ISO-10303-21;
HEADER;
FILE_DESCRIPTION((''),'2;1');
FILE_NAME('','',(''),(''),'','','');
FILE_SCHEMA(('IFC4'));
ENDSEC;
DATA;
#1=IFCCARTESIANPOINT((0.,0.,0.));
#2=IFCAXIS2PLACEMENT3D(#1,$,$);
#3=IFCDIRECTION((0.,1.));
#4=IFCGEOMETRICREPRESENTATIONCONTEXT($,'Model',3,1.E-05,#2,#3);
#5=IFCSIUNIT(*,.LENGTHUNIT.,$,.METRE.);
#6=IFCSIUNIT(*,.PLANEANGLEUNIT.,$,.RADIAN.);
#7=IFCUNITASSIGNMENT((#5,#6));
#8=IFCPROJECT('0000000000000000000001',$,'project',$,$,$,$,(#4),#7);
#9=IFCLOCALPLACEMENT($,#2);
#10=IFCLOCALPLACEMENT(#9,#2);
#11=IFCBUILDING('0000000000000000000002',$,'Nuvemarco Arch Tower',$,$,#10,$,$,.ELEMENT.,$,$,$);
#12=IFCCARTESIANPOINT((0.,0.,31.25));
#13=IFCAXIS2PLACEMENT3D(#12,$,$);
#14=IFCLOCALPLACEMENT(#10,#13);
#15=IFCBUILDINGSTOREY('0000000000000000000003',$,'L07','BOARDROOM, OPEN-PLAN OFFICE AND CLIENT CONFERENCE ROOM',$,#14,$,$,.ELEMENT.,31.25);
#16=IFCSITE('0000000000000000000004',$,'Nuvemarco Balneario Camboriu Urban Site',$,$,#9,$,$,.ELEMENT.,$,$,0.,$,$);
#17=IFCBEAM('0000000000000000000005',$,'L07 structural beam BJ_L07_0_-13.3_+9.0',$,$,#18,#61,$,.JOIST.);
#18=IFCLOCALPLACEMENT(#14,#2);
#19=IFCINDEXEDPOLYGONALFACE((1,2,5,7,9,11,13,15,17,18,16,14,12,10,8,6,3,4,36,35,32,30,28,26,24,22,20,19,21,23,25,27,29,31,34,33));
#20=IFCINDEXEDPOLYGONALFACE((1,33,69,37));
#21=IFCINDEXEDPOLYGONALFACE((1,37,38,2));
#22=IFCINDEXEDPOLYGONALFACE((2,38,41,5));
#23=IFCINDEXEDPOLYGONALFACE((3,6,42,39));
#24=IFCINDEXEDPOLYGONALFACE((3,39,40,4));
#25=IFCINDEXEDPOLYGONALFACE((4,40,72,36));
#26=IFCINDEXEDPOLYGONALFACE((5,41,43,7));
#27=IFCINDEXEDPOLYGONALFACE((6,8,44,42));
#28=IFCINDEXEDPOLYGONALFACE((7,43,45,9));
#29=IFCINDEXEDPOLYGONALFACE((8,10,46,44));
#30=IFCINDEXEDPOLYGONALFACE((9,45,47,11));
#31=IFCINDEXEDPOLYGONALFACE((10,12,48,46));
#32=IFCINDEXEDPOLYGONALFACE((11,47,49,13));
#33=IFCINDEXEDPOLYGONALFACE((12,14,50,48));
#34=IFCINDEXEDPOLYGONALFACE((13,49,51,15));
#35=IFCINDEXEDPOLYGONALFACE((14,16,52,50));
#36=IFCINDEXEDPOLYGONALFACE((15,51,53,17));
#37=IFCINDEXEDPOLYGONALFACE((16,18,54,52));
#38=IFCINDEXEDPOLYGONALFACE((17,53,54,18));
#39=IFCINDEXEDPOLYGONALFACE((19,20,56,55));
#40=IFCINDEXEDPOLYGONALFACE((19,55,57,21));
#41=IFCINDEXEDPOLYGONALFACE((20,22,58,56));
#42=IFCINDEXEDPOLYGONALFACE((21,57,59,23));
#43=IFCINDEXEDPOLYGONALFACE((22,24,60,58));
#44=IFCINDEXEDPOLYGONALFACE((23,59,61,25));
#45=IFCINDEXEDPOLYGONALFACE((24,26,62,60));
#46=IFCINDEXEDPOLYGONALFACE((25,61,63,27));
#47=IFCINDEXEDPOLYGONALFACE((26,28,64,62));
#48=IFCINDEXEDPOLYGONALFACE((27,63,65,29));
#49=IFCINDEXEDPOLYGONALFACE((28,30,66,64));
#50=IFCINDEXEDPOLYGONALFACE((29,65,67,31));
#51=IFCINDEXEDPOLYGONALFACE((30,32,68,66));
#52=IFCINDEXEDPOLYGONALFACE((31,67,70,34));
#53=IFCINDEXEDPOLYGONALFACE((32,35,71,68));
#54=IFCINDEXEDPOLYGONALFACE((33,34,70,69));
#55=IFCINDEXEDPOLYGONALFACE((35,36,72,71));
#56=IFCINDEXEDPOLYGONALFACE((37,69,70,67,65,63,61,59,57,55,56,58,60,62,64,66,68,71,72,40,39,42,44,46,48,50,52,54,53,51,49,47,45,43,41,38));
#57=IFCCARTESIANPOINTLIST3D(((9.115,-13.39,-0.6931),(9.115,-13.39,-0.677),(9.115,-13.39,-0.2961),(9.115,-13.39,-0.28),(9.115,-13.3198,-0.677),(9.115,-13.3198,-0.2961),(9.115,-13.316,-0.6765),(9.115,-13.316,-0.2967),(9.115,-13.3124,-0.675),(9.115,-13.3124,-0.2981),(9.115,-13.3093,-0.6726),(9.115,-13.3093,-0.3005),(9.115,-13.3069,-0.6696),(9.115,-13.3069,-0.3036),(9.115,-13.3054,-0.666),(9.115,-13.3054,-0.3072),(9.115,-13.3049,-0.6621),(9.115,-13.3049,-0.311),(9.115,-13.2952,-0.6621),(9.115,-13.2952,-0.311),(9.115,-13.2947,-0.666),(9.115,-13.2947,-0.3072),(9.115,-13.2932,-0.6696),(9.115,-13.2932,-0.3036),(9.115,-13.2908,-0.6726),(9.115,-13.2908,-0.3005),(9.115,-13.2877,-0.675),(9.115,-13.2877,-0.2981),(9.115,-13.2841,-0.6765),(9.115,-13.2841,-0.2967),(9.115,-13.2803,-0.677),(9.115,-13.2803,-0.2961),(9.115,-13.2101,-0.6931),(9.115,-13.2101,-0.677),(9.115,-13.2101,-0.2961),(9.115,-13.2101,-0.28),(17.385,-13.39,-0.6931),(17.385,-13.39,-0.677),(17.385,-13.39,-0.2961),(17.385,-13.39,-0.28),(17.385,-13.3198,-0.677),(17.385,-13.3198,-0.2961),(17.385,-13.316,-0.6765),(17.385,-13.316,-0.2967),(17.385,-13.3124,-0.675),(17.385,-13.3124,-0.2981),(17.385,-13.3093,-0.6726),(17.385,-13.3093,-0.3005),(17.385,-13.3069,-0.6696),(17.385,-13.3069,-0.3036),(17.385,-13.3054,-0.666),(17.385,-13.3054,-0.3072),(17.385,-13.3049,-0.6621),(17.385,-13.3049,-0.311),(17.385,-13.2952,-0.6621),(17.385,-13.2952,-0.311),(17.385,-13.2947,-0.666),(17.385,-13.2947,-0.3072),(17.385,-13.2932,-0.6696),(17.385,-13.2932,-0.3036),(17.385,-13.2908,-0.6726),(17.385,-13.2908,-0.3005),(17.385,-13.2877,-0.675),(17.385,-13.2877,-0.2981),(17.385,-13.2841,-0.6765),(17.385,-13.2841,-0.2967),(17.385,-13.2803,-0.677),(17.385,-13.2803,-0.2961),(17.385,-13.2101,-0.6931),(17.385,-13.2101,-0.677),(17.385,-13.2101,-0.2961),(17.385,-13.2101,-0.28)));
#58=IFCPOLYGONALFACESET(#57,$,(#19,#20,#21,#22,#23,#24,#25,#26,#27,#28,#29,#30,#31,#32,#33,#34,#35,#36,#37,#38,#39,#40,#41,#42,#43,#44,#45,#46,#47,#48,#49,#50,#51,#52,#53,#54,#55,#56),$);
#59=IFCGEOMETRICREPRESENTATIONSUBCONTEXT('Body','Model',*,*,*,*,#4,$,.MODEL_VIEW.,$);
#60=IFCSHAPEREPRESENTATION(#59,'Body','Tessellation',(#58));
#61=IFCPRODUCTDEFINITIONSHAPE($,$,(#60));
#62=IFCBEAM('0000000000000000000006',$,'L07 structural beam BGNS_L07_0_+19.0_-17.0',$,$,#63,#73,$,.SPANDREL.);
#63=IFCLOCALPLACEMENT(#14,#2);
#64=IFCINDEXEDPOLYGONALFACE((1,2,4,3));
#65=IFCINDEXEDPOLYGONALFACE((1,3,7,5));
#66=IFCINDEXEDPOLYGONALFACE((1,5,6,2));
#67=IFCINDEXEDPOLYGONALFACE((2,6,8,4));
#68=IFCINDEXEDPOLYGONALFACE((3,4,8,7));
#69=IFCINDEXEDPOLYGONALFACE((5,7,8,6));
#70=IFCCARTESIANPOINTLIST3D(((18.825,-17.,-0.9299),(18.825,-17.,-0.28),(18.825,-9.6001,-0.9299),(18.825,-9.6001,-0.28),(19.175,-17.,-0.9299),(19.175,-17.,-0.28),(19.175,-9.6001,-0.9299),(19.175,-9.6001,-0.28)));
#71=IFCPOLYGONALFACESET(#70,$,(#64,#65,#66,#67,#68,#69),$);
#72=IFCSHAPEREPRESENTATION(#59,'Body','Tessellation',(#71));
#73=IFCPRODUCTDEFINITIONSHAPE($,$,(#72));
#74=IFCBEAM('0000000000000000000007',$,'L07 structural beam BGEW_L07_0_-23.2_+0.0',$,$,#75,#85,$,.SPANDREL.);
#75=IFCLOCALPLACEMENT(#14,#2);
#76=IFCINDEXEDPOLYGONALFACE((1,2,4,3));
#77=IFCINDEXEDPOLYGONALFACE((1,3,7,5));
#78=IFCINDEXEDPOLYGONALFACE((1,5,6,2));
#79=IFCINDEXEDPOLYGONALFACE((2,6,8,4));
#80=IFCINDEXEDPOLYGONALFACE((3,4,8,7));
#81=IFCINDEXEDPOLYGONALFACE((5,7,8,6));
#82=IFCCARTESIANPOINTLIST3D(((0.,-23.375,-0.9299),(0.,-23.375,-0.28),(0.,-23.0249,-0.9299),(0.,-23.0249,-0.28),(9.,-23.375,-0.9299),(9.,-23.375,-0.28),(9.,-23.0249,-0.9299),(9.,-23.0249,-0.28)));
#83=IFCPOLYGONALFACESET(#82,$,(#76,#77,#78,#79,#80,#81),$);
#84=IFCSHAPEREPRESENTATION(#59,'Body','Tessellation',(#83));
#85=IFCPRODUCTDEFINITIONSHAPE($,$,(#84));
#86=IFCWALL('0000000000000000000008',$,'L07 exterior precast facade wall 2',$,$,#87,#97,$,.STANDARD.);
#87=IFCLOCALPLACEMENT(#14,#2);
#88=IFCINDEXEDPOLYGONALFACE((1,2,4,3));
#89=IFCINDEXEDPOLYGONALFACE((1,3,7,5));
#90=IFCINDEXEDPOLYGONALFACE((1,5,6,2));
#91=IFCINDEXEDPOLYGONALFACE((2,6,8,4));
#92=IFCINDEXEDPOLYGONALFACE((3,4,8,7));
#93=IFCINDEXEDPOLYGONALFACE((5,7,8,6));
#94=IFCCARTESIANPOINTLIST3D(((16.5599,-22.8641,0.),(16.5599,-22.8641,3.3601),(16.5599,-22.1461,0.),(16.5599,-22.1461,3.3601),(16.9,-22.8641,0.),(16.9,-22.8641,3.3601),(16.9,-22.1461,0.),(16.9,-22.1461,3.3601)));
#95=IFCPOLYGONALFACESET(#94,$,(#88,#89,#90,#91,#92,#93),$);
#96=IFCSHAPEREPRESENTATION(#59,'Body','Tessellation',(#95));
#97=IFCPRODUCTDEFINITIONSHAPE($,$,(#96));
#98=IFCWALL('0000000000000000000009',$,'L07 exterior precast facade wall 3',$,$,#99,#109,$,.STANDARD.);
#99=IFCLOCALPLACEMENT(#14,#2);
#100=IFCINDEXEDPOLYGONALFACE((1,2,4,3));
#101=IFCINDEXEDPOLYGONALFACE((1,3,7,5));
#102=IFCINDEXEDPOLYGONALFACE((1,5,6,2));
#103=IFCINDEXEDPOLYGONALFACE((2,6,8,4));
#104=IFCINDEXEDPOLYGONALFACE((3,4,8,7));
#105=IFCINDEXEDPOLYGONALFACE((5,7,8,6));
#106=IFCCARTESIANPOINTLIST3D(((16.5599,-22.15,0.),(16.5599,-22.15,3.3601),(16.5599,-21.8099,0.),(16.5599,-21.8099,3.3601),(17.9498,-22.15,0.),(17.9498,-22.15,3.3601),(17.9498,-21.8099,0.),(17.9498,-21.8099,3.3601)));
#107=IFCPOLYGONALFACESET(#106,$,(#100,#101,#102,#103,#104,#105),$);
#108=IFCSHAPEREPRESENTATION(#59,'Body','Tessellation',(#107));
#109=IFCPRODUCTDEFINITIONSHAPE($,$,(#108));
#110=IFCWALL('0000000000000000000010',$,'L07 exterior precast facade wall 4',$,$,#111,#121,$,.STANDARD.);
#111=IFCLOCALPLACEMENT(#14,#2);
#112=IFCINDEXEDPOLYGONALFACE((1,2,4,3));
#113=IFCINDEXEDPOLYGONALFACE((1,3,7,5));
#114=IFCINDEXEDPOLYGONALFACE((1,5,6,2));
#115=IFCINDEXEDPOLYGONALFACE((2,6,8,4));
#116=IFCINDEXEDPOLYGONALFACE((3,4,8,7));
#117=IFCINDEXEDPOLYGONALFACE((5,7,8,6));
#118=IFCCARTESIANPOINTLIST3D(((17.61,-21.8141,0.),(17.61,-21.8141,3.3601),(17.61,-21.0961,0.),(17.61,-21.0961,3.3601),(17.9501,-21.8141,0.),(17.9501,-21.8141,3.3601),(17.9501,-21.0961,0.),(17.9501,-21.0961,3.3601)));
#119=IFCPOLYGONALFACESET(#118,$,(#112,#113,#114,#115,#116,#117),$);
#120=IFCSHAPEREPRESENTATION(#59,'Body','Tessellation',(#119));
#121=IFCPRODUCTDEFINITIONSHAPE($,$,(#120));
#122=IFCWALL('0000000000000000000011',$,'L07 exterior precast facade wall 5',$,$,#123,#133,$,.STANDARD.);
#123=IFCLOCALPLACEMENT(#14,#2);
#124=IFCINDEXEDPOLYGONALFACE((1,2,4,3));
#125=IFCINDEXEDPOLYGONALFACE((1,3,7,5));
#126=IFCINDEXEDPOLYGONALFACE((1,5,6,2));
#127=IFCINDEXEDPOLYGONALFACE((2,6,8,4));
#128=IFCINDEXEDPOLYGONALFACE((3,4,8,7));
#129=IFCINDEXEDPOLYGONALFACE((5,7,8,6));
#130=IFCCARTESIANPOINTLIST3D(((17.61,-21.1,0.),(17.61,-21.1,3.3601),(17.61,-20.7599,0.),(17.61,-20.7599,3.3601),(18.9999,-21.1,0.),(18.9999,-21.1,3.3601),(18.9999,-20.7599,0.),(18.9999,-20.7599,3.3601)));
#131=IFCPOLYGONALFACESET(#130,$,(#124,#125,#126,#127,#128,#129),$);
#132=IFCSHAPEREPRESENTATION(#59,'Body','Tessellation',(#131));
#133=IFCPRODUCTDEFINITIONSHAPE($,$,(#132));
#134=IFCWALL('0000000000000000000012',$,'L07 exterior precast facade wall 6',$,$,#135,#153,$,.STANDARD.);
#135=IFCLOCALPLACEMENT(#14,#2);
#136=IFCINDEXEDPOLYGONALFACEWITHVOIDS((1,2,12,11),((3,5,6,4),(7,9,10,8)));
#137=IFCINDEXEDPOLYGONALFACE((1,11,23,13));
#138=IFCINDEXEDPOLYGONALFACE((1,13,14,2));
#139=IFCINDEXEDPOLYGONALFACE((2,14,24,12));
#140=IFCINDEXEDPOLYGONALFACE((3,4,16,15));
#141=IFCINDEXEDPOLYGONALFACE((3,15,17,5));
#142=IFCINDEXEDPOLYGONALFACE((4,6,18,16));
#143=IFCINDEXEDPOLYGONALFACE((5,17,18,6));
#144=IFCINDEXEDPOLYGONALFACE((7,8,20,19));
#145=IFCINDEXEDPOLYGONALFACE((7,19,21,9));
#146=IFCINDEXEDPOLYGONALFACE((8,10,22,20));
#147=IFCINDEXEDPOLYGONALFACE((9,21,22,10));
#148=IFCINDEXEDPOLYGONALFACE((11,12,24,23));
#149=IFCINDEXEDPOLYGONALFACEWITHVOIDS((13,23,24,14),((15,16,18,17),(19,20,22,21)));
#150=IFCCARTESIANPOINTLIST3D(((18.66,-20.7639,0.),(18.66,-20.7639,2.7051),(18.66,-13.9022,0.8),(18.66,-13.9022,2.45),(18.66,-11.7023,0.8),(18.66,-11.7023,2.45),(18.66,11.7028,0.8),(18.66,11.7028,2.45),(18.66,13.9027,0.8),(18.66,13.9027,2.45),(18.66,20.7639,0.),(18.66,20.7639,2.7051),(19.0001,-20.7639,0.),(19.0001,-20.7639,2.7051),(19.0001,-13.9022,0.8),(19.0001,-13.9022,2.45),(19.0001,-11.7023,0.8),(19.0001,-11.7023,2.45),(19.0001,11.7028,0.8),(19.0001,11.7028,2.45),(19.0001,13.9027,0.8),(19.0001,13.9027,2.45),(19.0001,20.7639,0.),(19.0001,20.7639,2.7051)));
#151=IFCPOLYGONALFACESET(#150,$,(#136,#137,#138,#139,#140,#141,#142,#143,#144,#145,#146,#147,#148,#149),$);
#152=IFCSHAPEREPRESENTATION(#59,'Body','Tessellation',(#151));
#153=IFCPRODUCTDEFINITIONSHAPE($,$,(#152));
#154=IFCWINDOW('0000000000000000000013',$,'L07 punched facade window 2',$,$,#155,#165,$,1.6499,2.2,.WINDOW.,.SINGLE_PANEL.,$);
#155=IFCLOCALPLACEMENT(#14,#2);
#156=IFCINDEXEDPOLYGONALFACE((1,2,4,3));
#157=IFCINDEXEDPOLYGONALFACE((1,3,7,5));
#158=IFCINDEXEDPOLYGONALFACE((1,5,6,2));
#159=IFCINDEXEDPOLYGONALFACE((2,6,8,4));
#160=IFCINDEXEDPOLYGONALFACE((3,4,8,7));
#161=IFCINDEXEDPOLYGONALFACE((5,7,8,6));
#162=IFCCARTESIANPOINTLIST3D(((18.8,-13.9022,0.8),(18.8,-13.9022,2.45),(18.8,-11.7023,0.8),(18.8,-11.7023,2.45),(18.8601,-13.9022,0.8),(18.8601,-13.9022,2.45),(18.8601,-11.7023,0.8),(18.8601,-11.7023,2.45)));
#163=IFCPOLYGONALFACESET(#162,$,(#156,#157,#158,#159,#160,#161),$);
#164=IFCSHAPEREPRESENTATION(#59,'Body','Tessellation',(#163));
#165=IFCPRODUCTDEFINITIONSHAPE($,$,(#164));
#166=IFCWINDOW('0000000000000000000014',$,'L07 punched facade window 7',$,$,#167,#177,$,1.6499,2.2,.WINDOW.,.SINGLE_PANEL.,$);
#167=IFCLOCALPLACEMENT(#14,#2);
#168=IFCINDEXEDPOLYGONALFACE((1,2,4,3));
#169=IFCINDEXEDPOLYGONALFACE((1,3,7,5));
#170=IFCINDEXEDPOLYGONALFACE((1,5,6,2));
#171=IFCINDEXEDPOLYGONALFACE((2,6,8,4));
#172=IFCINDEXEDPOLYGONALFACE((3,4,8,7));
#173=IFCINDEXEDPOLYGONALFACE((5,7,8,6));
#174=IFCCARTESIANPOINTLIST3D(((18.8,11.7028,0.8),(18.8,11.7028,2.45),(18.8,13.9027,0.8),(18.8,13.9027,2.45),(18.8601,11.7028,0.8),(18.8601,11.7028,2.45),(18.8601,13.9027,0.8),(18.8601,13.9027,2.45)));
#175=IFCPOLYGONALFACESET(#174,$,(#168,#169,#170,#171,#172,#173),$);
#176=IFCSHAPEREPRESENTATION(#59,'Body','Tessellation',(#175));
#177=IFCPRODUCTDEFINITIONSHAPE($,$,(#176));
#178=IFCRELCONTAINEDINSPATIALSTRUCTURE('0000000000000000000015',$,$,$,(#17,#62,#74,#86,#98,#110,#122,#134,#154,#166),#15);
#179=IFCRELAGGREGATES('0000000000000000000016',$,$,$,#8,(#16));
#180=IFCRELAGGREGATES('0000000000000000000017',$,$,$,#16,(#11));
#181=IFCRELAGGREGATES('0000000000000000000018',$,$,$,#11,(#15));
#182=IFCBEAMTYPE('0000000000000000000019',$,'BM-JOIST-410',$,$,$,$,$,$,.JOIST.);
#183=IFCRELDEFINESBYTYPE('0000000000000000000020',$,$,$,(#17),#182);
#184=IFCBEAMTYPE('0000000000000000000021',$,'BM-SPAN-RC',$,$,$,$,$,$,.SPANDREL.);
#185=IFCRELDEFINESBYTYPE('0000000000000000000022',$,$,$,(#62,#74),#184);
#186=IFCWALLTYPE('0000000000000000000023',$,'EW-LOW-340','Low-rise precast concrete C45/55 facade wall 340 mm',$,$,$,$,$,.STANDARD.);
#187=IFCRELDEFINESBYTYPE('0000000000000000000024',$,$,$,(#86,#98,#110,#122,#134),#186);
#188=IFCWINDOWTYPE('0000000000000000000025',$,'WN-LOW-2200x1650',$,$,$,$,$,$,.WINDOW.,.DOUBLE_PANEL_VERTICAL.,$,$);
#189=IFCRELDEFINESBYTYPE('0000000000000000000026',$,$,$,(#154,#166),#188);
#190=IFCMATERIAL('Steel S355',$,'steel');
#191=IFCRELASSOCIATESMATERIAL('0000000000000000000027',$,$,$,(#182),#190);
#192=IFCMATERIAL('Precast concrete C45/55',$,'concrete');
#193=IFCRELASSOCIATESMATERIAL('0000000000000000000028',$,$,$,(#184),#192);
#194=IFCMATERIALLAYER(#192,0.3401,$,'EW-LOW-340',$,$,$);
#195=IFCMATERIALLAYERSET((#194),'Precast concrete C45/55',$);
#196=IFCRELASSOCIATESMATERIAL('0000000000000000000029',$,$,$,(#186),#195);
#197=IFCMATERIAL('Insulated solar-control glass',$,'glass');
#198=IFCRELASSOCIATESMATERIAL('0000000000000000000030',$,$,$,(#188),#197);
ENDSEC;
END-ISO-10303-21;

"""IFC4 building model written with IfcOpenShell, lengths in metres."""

from ifc_helpers import new_model, si_unit, direction, frame, frame_2d, origin, origin_2d, place, context, subcontext, project, spatial, rectangle, i_section, extrude, source, transform, mapped, material, layer, layer_set, material_profile, profile_set, type_object, type_shapes, element, fill, save


model = new_model("IFC4")

# Units and contexts
model_context = context("Model", 3, precision=1e-05, world=origin(), true_north=direction((0.0, 1.0)))
body_context = subcontext(model_context, "Body", "Model", "MODEL_VIEW")
ifc_project = project(units=[si_unit("LENGTHUNIT", "METRE"), si_unit("PLANEANGLEUNIT", "RADIAN")], contexts=[model_context])

# Site, building, storey
site_placement = place(None, origin())
site = spatial("IfcSite", under=ifc_project, at=site_placement, Name="Nuvemarco Balneario Camboriu Urban Site", CompositionType="ELEMENT", RefElevation=0.0)
building_placement = place(site_placement, origin())
building = spatial("IfcBuilding", under=site, at=building_placement, Name="Nuvemarco Arch Tower", CompositionType="ELEMENT")
storey_placement = place(building_placement, frame((0.0, 0.0, 31.25)))
storey = spatial("IfcBuildingStorey", under=building, at=storey_placement, Name="L07", Description="BOARDROOM, OPEN-PLAN OFFICE AND CLIENT CONFERENCE ROOM", CompositionType="ELEMENT", Elevation=31.25)

# Shared definitions
ifc_material_1 = material(Name="Steel S355", Category="steel")

# Beams
ifc_material_profile_1 = material_profile(ifc_material_1, i_section(OverallWidth=0.1799, OverallDepth=0.4131, WebThickness=0.0098, FlangeThickness=0.0161, FilletRadius=0.0149, at=origin_2d()), Name="W410x75")
ifc_profile_set_1 = profile_set([ifc_material_profile_1], Name="Steel S355")
beam_type_1 = type_object("IfcBeamType", Name="BM-JOIST-410", PredefinedType="JOIST", material=ifc_profile_set_1)
beam_1_placement = place(storey_placement, frame((9.115, -13.3, -0.4866), z_axis=(1.0, 0.0, 0.0), x_axis=(0.0, 1.0, 0.0)))
element("IfcBeam", 1, at=beam_1_placement, inside=storey, type_object=beam_type_1, Name="L07 structural beam BJ_L07_0_-13.3_+9.0", PredefinedType="JOIST", context=body_context, shape_type="SweptSolid", body=[
    extrude(i_section(OverallWidth=0.1799, OverallDepth=0.4131, WebThickness=0.0098, FlangeThickness=0.0161, FilletRadius=0.0149, at=origin_2d()), origin(), (0.0, 0.0, 1.0), 8.27),
])
ifc_material_2 = material(Name="Precast concrete C45/55", Category="concrete")
ifc_material_profile_2 = material_profile(ifc_material_2, rectangle(XDim=0.3501, YDim=0.6499, at=origin_2d()), Name="PC-SP-350x650")
ifc_profile_set_2 = profile_set([ifc_material_profile_2], Name="Precast concrete C45/55")
beam_type_2 = type_object("IfcBeamType", Name="BM-SPAN-RC", PredefinedType="SPANDREL", material=ifc_profile_set_2)
beam_2_placement = place(storey_placement, frame((19.0, -17.0, -0.605), z_axis=(0.0, 1.0, 0.0), x_axis=(-1.0, 0.0, 0.0)))
element("IfcBeam", 2, at=beam_2_placement, inside=storey, type_object=beam_type_2, Name="L07 structural beam BGNS_L07_0_+19.0_-17.0", PredefinedType="SPANDREL", context=body_context, shape_type="SweptSolid", body=[
    extrude(rectangle(XDim=0.3501, YDim=0.6499, at=origin_2d()), origin(), (0.0, 0.0, 1.0), 7.3999),
])
beam_3_placement = place(storey_placement, frame((0.0, -23.2, -0.605), z_axis=(1.0, 0.0, 0.0), x_axis=(0.0, 1.0, 0.0)))
element("IfcBeam", 3, at=beam_3_placement, inside=storey, type_object=beam_type_2, Name="L07 structural beam BGEW_L07_0_-23.2_+0.0", PredefinedType="SPANDREL", context=body_context, shape_type="SweptSolid", body=[
    extrude(rectangle(XDim=0.3501, YDim=0.6499, at=origin_2d()), origin(), (0.0, 0.0, 1.0), 9.0),
])

# Walls
ifc_layer_1 = layer(ifc_material_2, 0.3401, Name="EW-LOW-340")
ifc_layer_set_1 = layer_set([ifc_layer_1], Name="Precast concrete C45/55")
wall_type_1 = type_object("IfcWallType", Name="EW-LOW-340", Description="Low-rise precast concrete C45/55 facade wall 340 mm", PredefinedType="STANDARD", material=ifc_layer_set_1)
wall_1_placement = place(storey_placement, frame((16.73, -22.864, 0.0), z_axis=(0.0, 0.0, 1.0), x_axis=(0.0, 1.0, 0.0)))
element("IfcWall", 4, at=wall_1_placement, inside=storey, type_object=wall_type_1, Name="L07 exterior precast facade wall 2", PredefinedType="STANDARD", context=body_context, shape_type="SweptSolid", body=[
    extrude(rectangle(XDim=0.718, YDim=0.3401, at=frame_2d((0.3589, 0.0))), origin(), (0.0, 0.0, 1.0), 3.3601),
])
wall_2_placement = place(storey_placement, frame((16.5601, -21.98, 0.0), z_axis=(0.0, 0.0, 1.0), x_axis=(1.0, 0.0, 0.0)))
element("IfcWall", 5, at=wall_2_placement, inside=storey, type_object=wall_type_1, Name="L07 exterior precast facade wall 3", PredefinedType="STANDARD", context=body_context, shape_type="SweptSolid", body=[
    extrude(rectangle(XDim=1.3899, YDim=0.3401, at=frame_2d((0.6948, 0.0))), origin(), (0.0, 0.0, 1.0), 3.3601),
])
wall_3_placement = place(storey_placement, frame((17.78, -21.814, 0.0), z_axis=(0.0, 0.0, 1.0), x_axis=(0.0, 1.0, 0.0)))
element("IfcWall", 6, at=wall_3_placement, inside=storey, type_object=wall_type_1, Name="L07 exterior precast facade wall 4", PredefinedType="STANDARD", context=body_context, shape_type="SweptSolid", body=[
    extrude(rectangle(XDim=0.718, YDim=0.3401, at=frame_2d((0.3589, 0.0))), origin(), (0.0, 0.0, 1.0), 3.3601),
])
wall_4_placement = place(storey_placement, frame((17.6101, -20.9299, 0.0), z_axis=(0.0, 0.0, 1.0), x_axis=(1.0, 0.0, 0.0)))
element("IfcWall", 7, at=wall_4_placement, inside=storey, type_object=wall_type_1, Name="L07 exterior precast facade wall 5", PredefinedType="STANDARD", context=body_context, shape_type="SweptSolid", body=[
    extrude(rectangle(XDim=1.3899, YDim=0.3401, at=frame_2d((0.6948, 0.0))), origin(), (0.0, 0.0, 1.0), 3.3601),
])

# Wall, openings, windows
wall_5_placement = place(storey_placement, frame((18.8301, -20.7639, 0.0), z_axis=(0.0, 0.0, 1.0), x_axis=(0.0, 1.0, 0.0)))
wall_5 = element("IfcWall", 8, at=wall_5_placement, inside=storey, type_object=wall_type_1, Name="L07 exterior precast facade wall 6", PredefinedType="STANDARD", context=body_context, shape_type="SweptSolid", body=[
    extrude(rectangle(XDim=41.5278, YDim=0.3401, at=frame_2d((20.7639, 0.0))), origin(), (0.0, 0.0, 1.0), 2.7051),
])
opening_1_placement = place(wall_5_placement, frame((6.8616, 0.0, 0.8)))
opening_1 = element("IfcOpeningElement", 9, at=opening_1_placement, cuts=wall_5, PredefinedType="OPENING", context=body_context, shape_type="SweptSolid", body=[
    extrude(rectangle(XDim=2.2, YDim=1.6499, at=frame_2d((1.1001, 0.825))), frame((0.0, 0.1799, 0.0), z_axis=(0.0, -1.0, 0.0), x_axis=(1.0, 0.0, 0.0)), (0.0, 0.0, 1.0), 0.3601),
])
opening_2_placement = place(wall_5_placement, frame((32.4666, 0.0, 0.8)))
opening_2 = element("IfcOpeningElement", 10, at=opening_2_placement, cuts=wall_5, PredefinedType="OPENING", context=body_context, shape_type="SweptSolid", body=[
    extrude(rectangle(XDim=2.2, YDim=1.6499, at=frame_2d((1.1001, 0.825))), frame((0.0, 0.1799, 0.0), z_axis=(0.0, -1.0, 0.0), x_axis=(1.0, 0.0, 0.0)), (0.0, 0.0, 1.0), 0.3601),
])
ifc_material_3 = material(Name="Insulated solar-control glass", Category="glass")
window_type = type_object("IfcWindowType", Name="WN-LOW-2200x1650", PartitioningType="DOUBLE_PANEL_VERTICAL", PredefinedType="WINDOW", material=ifc_material_3)
shared_shape_1 = source(origin(), body_context, "Body", "SweptSolid", [
    extrude(rectangle(XDim=2.2, YDim=1.6499, at=frame_2d((1.1001, 0.825))), frame((0.0, 0.03, 0.0), z_axis=(0.0, -1.0, 0.0), x_axis=(1.0, 0.0, 0.0)), (0.0, 0.0, 1.0), 0.0601),
])
type_shapes(window_type, [shared_shape_1])
window_1_placement = place(opening_1_placement, origin())
window_1 = element("IfcWindow", 11, at=window_1_placement, inside=storey, type_object=window_type, Name="L07 punched facade window 2", OverallHeight=1.6499, OverallWidth=2.2, PartitioningType="SINGLE_PANEL", PredefinedType="WINDOW", context=body_context, shape_type="MappedRepresentation", body=[
    mapped(shared_shape_1, transform((0.0, 0.0, 0.0), scale=1.0)),
])
fill(opening_1, window_1)
window_2_placement = place(opening_2_placement, origin())
window_2 = element("IfcWindow", 12, at=window_2_placement, inside=storey, type_object=window_type, Name="L07 punched facade window 7", OverallHeight=1.6499, OverallWidth=2.2, PartitioningType="SINGLE_PANEL", PredefinedType="WINDOW", context=body_context, shape_type="MappedRepresentation", body=[
    mapped(shared_shape_1, transform((0.0, 0.0, 0.0), scale=1.0)),
])
fill(opening_2, window_2)

save(model, "model.ifc")
